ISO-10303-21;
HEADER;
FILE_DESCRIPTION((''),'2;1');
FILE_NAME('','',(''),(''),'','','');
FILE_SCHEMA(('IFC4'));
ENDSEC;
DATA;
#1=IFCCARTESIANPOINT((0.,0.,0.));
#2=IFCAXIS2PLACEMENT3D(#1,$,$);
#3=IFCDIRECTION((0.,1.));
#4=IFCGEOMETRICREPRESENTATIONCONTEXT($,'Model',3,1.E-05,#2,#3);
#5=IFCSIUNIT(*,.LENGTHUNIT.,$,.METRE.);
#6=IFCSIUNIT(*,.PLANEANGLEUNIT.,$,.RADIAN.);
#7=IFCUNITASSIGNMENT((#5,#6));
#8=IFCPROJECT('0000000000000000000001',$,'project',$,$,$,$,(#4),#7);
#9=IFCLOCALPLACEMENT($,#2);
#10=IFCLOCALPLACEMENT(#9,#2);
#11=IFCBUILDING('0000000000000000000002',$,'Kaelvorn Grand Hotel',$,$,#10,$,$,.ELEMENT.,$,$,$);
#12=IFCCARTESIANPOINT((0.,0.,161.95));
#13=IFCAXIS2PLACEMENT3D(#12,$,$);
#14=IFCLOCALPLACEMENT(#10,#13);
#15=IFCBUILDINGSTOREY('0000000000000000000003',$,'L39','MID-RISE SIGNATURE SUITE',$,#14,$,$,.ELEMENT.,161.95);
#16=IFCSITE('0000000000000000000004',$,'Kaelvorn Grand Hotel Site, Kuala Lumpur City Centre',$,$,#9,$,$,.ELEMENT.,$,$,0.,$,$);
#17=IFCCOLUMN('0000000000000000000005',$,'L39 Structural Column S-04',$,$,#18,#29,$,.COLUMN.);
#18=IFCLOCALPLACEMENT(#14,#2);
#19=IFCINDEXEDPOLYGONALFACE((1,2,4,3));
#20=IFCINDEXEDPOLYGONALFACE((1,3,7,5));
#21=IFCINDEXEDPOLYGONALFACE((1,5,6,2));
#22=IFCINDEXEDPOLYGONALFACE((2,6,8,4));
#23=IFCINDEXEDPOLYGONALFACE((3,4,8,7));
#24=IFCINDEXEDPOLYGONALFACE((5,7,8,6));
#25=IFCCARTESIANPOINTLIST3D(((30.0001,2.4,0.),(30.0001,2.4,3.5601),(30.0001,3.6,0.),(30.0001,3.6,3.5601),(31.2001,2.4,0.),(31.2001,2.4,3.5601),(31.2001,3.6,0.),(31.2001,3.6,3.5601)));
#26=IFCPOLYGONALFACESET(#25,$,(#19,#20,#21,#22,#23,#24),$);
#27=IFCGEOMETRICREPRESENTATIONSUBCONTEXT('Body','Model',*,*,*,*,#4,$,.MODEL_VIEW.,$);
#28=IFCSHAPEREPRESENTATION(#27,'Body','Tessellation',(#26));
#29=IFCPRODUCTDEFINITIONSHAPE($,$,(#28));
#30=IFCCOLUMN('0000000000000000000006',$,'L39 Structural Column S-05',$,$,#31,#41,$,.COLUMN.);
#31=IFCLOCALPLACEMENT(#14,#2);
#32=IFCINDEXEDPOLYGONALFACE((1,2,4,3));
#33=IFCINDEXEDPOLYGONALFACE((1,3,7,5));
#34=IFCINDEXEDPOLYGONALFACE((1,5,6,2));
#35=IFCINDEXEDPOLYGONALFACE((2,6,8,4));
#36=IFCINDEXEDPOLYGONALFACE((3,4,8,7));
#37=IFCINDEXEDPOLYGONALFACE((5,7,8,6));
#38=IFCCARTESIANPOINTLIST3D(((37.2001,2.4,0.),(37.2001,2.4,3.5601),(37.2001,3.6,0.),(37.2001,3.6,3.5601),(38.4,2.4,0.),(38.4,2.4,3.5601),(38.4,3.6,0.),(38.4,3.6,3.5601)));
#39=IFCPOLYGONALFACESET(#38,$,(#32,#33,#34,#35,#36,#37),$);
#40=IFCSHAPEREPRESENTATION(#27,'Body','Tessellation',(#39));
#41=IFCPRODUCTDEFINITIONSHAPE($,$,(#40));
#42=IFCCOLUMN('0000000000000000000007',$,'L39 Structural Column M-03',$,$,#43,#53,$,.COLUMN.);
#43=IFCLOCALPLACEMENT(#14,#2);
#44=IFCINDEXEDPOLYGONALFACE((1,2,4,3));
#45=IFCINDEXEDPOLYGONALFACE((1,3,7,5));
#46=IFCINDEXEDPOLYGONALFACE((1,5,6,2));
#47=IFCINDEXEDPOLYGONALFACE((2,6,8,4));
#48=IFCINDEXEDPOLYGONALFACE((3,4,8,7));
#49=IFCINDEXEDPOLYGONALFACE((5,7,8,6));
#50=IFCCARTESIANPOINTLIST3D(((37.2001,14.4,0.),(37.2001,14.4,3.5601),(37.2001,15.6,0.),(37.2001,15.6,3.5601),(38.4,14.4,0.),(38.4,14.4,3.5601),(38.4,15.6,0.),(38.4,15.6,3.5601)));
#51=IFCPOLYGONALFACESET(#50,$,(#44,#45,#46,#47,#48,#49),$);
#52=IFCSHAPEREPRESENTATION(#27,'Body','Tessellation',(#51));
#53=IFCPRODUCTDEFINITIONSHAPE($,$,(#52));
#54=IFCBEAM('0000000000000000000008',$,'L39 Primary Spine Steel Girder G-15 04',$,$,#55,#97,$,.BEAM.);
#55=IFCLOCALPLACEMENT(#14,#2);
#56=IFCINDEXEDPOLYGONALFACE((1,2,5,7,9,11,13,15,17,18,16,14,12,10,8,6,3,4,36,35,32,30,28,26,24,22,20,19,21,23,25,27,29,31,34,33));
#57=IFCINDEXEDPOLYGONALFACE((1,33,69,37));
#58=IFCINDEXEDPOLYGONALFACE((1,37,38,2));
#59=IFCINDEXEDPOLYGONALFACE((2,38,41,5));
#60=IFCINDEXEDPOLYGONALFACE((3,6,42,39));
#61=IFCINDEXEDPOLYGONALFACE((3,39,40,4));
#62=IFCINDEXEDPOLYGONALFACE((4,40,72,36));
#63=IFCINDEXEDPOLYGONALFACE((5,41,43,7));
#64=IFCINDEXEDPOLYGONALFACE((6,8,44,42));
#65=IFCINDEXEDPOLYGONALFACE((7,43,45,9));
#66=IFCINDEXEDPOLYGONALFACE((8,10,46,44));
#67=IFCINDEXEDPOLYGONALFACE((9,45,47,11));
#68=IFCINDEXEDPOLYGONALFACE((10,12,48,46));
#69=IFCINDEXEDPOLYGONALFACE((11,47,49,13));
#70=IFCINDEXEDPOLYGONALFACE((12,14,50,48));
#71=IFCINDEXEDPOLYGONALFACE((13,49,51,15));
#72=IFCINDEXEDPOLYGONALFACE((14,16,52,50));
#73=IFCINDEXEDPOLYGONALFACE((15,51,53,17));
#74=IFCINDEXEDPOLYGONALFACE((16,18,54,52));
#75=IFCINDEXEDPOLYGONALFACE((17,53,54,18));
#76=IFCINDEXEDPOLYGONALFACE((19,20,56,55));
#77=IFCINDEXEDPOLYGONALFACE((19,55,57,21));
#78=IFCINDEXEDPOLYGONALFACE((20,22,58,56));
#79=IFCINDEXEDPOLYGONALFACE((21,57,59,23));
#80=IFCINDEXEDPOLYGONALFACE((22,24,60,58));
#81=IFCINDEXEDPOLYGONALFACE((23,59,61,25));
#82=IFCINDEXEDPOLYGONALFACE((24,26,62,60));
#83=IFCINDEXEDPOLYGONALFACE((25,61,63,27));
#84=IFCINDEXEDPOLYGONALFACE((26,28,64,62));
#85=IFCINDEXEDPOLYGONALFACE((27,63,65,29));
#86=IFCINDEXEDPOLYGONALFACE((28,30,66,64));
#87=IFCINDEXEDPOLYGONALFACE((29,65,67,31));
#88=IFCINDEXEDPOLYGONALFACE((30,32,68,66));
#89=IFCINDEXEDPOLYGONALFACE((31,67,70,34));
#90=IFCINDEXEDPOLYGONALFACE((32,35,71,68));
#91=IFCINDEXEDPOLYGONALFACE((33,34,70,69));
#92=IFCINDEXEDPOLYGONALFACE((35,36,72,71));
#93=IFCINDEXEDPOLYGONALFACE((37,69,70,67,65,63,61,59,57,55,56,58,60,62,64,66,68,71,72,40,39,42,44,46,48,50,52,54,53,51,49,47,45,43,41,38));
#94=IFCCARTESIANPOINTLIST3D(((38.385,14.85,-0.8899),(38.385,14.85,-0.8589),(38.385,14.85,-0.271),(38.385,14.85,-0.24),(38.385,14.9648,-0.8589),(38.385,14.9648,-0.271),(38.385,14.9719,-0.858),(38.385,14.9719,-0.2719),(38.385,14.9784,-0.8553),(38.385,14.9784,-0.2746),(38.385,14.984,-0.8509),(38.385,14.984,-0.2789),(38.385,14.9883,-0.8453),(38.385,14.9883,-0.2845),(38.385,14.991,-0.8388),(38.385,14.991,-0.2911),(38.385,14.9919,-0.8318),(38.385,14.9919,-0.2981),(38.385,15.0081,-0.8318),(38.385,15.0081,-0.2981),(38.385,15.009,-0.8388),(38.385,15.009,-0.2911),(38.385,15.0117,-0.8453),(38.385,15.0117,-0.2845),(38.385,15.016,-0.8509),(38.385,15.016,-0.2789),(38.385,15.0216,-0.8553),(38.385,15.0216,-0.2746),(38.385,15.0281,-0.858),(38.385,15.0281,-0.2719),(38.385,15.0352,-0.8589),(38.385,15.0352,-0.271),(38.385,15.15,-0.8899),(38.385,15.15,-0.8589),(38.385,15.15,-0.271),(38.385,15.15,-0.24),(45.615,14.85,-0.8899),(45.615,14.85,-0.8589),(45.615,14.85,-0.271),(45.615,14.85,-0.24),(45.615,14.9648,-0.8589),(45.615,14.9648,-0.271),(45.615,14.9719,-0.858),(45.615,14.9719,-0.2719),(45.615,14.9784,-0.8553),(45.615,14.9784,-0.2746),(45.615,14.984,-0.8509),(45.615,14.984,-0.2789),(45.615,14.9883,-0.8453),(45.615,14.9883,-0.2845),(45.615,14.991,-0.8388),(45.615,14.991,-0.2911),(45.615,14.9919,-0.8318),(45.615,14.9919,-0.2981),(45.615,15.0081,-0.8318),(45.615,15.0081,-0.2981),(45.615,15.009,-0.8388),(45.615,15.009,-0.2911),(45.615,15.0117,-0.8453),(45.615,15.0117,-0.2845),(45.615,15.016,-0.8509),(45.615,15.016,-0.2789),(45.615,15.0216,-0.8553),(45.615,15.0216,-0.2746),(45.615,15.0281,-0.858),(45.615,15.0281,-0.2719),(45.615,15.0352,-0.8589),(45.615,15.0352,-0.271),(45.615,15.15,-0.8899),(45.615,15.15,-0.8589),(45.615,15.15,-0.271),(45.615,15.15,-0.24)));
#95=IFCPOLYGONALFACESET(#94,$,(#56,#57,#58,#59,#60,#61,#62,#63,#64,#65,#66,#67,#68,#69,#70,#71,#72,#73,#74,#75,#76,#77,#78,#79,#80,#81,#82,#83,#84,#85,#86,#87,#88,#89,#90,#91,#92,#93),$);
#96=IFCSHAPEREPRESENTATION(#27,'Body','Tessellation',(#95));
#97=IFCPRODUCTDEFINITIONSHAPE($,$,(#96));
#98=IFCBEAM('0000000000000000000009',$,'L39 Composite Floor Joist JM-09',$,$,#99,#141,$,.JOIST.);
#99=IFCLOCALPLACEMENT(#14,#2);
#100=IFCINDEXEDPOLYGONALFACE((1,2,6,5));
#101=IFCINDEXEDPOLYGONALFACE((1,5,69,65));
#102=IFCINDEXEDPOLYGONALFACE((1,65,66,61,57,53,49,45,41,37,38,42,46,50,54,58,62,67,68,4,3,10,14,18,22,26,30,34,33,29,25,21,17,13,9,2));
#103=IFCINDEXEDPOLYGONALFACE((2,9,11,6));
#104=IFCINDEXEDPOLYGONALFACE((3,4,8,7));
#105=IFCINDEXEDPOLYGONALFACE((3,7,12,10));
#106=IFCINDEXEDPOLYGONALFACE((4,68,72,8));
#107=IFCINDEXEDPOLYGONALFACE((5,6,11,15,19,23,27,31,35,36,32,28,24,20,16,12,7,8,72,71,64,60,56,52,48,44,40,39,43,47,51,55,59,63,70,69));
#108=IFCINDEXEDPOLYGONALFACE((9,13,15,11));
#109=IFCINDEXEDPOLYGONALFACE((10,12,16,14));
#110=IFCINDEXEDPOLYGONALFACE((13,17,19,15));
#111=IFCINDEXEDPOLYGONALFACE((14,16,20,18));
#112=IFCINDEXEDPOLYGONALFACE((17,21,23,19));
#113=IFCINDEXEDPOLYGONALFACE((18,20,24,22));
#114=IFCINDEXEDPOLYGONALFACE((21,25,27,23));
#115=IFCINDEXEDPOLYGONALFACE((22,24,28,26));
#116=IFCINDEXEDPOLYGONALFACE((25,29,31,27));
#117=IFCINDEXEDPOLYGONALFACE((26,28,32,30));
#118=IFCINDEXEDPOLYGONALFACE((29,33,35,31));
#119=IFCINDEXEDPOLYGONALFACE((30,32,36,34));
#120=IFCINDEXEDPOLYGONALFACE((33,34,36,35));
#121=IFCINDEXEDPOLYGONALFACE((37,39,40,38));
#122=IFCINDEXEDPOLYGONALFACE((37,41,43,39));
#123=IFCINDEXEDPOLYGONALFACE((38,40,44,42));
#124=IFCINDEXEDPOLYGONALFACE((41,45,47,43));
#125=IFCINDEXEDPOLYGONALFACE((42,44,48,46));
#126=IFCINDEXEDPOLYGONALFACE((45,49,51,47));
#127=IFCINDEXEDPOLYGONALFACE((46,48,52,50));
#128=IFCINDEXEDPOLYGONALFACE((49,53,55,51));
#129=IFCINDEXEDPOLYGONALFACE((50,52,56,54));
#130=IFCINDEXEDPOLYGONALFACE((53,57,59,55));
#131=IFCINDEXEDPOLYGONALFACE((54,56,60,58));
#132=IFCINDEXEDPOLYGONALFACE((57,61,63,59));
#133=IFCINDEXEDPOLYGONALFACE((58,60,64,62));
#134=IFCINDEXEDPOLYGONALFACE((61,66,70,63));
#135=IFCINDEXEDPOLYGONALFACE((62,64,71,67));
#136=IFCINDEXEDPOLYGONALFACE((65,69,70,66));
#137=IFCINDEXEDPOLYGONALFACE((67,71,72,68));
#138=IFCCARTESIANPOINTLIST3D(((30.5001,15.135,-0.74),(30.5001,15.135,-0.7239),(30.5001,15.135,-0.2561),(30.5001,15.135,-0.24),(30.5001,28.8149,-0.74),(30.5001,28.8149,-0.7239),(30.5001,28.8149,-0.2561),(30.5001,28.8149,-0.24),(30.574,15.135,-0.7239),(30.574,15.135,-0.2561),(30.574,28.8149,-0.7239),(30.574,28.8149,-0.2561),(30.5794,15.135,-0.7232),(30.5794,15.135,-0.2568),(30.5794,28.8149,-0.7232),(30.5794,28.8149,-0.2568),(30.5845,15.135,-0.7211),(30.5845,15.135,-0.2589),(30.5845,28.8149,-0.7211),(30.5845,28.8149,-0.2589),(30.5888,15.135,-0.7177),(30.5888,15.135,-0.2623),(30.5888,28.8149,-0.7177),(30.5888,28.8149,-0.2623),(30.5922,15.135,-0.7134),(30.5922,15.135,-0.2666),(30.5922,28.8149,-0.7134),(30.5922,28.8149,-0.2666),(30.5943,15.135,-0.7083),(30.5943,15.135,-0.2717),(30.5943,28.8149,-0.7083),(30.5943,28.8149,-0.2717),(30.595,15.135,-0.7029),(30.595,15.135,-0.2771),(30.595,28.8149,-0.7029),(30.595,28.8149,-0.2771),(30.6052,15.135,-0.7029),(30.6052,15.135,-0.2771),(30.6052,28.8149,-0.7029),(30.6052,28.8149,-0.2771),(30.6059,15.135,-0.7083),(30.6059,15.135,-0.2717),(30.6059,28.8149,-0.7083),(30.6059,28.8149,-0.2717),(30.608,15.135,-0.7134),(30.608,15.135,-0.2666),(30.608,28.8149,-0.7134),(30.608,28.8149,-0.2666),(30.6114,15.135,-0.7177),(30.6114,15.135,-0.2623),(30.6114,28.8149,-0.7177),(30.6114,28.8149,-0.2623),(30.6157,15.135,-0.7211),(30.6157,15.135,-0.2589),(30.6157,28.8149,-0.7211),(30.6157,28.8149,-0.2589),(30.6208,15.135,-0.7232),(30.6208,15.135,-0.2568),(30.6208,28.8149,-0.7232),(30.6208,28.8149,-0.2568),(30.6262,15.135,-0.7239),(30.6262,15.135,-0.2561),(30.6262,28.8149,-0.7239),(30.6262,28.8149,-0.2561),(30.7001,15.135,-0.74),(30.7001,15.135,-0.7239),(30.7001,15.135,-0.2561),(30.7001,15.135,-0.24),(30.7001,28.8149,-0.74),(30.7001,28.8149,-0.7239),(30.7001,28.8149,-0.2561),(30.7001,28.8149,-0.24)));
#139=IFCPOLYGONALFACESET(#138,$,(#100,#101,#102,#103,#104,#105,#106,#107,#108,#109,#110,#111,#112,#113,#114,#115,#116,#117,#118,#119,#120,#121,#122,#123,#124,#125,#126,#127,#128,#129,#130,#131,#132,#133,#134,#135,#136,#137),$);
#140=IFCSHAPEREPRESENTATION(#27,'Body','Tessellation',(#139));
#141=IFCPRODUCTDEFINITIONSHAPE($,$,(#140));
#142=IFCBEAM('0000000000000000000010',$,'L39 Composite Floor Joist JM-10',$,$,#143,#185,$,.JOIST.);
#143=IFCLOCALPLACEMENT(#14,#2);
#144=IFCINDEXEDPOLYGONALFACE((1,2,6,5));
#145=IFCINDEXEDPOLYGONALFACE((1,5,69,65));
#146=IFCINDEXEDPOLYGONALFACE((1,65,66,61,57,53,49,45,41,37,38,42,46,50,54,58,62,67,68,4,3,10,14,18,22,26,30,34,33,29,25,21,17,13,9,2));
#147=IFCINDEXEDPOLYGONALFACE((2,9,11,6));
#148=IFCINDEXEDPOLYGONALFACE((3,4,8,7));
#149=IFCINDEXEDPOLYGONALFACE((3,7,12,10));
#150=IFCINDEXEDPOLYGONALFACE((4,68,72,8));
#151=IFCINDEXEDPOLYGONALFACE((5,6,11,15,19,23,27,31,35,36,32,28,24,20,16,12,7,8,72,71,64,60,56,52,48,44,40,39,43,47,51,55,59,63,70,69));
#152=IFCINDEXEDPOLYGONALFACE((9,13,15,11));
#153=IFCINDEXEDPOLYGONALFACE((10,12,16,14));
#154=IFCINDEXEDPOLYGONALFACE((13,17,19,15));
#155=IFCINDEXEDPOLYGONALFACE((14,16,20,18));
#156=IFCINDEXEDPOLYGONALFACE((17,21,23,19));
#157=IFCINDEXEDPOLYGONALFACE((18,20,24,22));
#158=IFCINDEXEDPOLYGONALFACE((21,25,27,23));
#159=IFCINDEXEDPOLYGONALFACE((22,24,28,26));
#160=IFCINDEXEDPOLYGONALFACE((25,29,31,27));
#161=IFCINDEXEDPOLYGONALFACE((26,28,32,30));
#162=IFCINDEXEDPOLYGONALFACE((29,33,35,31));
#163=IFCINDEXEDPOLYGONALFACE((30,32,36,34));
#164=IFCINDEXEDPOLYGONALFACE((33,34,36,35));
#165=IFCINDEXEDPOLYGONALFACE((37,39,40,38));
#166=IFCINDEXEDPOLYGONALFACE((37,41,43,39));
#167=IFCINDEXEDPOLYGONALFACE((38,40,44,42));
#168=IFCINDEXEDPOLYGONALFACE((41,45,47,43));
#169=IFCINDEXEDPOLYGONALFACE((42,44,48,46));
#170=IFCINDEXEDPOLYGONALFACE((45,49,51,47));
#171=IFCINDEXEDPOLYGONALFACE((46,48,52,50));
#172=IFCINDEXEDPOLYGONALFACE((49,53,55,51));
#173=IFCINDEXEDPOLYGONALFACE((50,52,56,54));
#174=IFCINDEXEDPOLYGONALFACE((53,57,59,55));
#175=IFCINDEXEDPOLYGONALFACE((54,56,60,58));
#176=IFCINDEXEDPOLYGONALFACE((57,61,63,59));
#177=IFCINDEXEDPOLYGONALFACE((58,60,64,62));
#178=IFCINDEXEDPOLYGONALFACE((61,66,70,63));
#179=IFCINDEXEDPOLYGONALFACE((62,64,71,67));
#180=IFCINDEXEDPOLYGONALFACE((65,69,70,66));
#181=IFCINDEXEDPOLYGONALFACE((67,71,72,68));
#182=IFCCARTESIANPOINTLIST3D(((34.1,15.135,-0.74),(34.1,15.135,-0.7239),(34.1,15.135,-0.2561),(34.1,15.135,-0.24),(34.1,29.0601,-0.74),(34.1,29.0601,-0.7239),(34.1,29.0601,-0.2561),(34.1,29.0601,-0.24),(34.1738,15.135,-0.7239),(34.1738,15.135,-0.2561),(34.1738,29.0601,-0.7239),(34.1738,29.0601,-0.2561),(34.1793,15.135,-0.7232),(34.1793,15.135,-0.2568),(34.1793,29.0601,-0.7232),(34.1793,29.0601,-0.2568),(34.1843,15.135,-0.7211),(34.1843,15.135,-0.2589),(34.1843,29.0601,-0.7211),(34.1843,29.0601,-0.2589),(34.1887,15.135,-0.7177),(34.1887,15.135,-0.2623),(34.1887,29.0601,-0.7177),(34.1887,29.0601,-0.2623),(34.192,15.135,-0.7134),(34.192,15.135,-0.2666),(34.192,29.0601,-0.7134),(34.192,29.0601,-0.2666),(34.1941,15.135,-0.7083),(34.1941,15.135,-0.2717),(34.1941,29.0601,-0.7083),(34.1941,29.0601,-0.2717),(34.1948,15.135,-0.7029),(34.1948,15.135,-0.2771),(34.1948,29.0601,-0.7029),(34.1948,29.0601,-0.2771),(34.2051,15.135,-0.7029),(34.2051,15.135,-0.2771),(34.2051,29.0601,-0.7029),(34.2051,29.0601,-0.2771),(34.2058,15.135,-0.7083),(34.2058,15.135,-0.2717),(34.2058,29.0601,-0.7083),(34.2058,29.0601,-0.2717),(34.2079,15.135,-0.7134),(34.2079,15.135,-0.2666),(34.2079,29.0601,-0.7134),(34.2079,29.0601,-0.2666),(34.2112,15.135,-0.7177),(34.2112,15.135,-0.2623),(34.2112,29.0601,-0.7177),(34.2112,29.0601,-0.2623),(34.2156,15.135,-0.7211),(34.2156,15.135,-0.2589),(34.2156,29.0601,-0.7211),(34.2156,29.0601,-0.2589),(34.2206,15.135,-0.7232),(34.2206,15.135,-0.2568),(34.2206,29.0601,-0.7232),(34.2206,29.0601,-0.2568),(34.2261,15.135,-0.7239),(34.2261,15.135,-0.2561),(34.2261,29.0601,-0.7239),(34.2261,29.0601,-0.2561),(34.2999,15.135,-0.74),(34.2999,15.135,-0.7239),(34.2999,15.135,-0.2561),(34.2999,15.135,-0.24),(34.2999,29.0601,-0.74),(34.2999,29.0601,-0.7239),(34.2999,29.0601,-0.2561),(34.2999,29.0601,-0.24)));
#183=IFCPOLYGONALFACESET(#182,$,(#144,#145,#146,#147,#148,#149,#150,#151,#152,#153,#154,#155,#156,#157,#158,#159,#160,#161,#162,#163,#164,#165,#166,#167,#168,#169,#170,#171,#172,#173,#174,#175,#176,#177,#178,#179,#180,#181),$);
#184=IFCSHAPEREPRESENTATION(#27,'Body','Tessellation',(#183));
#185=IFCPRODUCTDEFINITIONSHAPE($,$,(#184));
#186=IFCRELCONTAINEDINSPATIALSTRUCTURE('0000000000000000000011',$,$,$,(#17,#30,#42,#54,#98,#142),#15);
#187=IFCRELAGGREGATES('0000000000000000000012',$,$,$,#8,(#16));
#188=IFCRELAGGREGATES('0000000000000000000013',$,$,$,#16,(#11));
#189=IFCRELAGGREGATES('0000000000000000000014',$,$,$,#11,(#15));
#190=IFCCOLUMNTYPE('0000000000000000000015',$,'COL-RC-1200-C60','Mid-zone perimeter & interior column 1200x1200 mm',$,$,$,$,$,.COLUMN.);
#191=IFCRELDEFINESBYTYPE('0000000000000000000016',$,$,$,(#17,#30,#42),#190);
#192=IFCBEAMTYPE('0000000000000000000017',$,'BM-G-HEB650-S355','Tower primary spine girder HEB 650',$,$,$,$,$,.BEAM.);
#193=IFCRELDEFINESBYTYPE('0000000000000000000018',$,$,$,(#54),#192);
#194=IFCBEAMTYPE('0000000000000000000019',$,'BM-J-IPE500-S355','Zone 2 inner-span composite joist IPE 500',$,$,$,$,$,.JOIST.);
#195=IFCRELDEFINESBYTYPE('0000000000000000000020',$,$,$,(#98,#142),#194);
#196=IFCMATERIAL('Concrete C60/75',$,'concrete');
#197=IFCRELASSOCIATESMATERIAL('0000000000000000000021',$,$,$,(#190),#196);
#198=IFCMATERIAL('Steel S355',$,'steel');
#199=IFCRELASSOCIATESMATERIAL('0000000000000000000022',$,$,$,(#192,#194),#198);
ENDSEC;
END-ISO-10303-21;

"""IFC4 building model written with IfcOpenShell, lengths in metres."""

from ifc_helpers import new_model, si_unit, direction, frame, origin, origin_2d, place, context, subcontext, project, spatial, rectangle, i_section, extrude, material, material_profile, profile_set, type_object, element, save


model = new_model("IFC4")

# Units and contexts
model_context = context("Model", 3, precision=1e-05, world=origin(), true_north=direction((0.0, 1.0)))
body_context = subcontext(model_context, "Body", "Model", "MODEL_VIEW")
ifc_project = project(units=[si_unit("LENGTHUNIT", "METRE"), si_unit("PLANEANGLEUNIT", "RADIAN")], contexts=[model_context])

# Site, building, storey
site_placement = place(None, origin())
site = spatial("IfcSite", under=ifc_project, at=site_placement, Name="Kaelvorn Grand Hotel Site, Kuala Lumpur City Centre", CompositionType="ELEMENT", RefElevation=0.0)
building_placement = place(site_placement, origin())
building = spatial("IfcBuilding", under=site, at=building_placement, Name="Kaelvorn Grand Hotel", CompositionType="ELEMENT")
storey_placement = place(building_placement, frame((0.0, 0.0, 161.95)))
storey = spatial("IfcBuildingStorey", under=building, at=storey_placement, Name="L39", Description="MID-RISE SIGNATURE SUITE", CompositionType="ELEMENT", Elevation=161.95)

# Columns
ifc_material_1 = material(Name="Concrete C60/75", Category="concrete")
ifc_material_profile_1 = material_profile(ifc_material_1, rectangle(XDim=1.2, YDim=1.2, at=origin_2d()), Name="RC COL 1200x1200")
ifc_profile_set_1 = profile_set([ifc_material_profile_1], Name="Concrete C60/75")
column_type = type_object("IfcColumnType", Name="COL-RC-1200-C60", Description="Mid-zone perimeter & interior column 1200x1200 mm", PredefinedType="COLUMN", material=ifc_profile_set_1)
for number, where, z_axis, x_axis, name in (
    (1, (30.6001, 3.0, 0.0), (0.0, 0.0, 1.0), (1.0, 0.0, 0.0), "L39 Structural Column S-04"),
    (2, (37.8, 3.0, 0.0), (0.0, 0.0, 1.0), (1.0, 0.0, 0.0), "L39 Structural Column S-05"),
    (3, (37.8, 15.0, 0.0), (0.0, 0.0, 1.0), (1.0, 0.0, 0.0), "L39 Structural Column M-03"),
):
    element("IfcColumn", number, at=place(storey_placement, frame(where, z_axis=z_axis, x_axis=x_axis)), inside=storey, type_object=column_type, Name=name, PredefinedType="COLUMN", context=body_context, shape_type="SweptSolid", body=[
        extrude(rectangle(XDim=1.2, YDim=1.2, at=origin_2d()), origin(), (0.0, 0.0, 1.0), 3.5601),
    ])

# Beams
ifc_material_2 = material(Name="Steel S355", Category="steel")
ifc_material_profile_2 = material_profile(ifc_material_2, i_section(OverallWidth=0.3, OverallDepth=0.6499, WebThickness=0.0161, FlangeThickness=0.031, FilletRadius=0.0271, at=origin_2d()), Name="HEB 650")
ifc_profile_set_2 = profile_set([ifc_material_profile_2], Name="Steel S355")
beam_type_1 = type_object("IfcBeamType", Name="BM-G-HEB650-S355", Description="Tower primary spine girder HEB 650", PredefinedType="BEAM", material=ifc_profile_set_2)
beam_1_placement = place(storey_placement, frame((38.385, 15.0, -0.5649), z_axis=(1.0, 0.0, 0.0), x_axis=(0.0, 1.0, 0.0)))
element("IfcBeam", 4, at=beam_1_placement, inside=storey, type_object=beam_type_1, Name="L39 Primary Spine Steel Girder G-15 04", PredefinedType="BEAM", context=body_context, shape_type="SweptSolid", body=[
    extrude(i_section(OverallWidth=0.3, OverallDepth=0.6499, WebThickness=0.0161, FlangeThickness=0.031, FilletRadius=0.0271, at=origin_2d()), origin(), (0.0, 0.0, 1.0), 7.23),
])
ifc_material_profile_3 = material_profile(ifc_material_2, i_section(OverallWidth=0.2, OverallDepth=0.5, WebThickness=0.0103, FlangeThickness=0.0161, FilletRadius=0.021, at=origin_2d()), Name="IPE 500")
ifc_profile_set_3 = profile_set([ifc_material_profile_3], Name="Steel S355")
beam_type_2 = type_object("IfcBeamType", Name="BM-J-IPE500-S355", Description="Zone 2 inner-span composite joist IPE 500", PredefinedType="JOIST", material=ifc_profile_set_3)
beam_2_placement = place(storey_placement, frame((30.6001, 15.135, -0.49), z_axis=(0.0, 1.0, 0.0), x_axis=(-1.0, 0.0, 0.0)))
element("IfcBeam", 5, at=beam_2_placement, inside=storey, type_object=beam_type_2, Name="L39 Composite Floor Joist JM-09", PredefinedType="JOIST", context=body_context, shape_type="SweptSolid", body=[
    extrude(i_section(OverallWidth=0.2, OverallDepth=0.5, WebThickness=0.0103, FlangeThickness=0.0161, FilletRadius=0.021, at=origin_2d()), origin(), (0.0, 0.0, 1.0), 13.6799),
])
beam_3_placement = place(storey_placement, frame((34.2, 15.135, -0.49), z_axis=(0.0, 1.0, 0.0), x_axis=(-1.0, 0.0, 0.0)))
element("IfcBeam", 6, at=beam_3_placement, inside=storey, type_object=beam_type_2, Name="L39 Composite Floor Joist JM-10", PredefinedType="JOIST", context=body_context, shape_type="SweptSolid", body=[
    extrude(i_section(OverallWidth=0.2, OverallDepth=0.5, WebThickness=0.0103, FlangeThickness=0.0161, FilletRadius=0.021, at=origin_2d()), origin(), (0.0, 0.0, 1.0), 13.925),
])

save(model, "model.ifc")
